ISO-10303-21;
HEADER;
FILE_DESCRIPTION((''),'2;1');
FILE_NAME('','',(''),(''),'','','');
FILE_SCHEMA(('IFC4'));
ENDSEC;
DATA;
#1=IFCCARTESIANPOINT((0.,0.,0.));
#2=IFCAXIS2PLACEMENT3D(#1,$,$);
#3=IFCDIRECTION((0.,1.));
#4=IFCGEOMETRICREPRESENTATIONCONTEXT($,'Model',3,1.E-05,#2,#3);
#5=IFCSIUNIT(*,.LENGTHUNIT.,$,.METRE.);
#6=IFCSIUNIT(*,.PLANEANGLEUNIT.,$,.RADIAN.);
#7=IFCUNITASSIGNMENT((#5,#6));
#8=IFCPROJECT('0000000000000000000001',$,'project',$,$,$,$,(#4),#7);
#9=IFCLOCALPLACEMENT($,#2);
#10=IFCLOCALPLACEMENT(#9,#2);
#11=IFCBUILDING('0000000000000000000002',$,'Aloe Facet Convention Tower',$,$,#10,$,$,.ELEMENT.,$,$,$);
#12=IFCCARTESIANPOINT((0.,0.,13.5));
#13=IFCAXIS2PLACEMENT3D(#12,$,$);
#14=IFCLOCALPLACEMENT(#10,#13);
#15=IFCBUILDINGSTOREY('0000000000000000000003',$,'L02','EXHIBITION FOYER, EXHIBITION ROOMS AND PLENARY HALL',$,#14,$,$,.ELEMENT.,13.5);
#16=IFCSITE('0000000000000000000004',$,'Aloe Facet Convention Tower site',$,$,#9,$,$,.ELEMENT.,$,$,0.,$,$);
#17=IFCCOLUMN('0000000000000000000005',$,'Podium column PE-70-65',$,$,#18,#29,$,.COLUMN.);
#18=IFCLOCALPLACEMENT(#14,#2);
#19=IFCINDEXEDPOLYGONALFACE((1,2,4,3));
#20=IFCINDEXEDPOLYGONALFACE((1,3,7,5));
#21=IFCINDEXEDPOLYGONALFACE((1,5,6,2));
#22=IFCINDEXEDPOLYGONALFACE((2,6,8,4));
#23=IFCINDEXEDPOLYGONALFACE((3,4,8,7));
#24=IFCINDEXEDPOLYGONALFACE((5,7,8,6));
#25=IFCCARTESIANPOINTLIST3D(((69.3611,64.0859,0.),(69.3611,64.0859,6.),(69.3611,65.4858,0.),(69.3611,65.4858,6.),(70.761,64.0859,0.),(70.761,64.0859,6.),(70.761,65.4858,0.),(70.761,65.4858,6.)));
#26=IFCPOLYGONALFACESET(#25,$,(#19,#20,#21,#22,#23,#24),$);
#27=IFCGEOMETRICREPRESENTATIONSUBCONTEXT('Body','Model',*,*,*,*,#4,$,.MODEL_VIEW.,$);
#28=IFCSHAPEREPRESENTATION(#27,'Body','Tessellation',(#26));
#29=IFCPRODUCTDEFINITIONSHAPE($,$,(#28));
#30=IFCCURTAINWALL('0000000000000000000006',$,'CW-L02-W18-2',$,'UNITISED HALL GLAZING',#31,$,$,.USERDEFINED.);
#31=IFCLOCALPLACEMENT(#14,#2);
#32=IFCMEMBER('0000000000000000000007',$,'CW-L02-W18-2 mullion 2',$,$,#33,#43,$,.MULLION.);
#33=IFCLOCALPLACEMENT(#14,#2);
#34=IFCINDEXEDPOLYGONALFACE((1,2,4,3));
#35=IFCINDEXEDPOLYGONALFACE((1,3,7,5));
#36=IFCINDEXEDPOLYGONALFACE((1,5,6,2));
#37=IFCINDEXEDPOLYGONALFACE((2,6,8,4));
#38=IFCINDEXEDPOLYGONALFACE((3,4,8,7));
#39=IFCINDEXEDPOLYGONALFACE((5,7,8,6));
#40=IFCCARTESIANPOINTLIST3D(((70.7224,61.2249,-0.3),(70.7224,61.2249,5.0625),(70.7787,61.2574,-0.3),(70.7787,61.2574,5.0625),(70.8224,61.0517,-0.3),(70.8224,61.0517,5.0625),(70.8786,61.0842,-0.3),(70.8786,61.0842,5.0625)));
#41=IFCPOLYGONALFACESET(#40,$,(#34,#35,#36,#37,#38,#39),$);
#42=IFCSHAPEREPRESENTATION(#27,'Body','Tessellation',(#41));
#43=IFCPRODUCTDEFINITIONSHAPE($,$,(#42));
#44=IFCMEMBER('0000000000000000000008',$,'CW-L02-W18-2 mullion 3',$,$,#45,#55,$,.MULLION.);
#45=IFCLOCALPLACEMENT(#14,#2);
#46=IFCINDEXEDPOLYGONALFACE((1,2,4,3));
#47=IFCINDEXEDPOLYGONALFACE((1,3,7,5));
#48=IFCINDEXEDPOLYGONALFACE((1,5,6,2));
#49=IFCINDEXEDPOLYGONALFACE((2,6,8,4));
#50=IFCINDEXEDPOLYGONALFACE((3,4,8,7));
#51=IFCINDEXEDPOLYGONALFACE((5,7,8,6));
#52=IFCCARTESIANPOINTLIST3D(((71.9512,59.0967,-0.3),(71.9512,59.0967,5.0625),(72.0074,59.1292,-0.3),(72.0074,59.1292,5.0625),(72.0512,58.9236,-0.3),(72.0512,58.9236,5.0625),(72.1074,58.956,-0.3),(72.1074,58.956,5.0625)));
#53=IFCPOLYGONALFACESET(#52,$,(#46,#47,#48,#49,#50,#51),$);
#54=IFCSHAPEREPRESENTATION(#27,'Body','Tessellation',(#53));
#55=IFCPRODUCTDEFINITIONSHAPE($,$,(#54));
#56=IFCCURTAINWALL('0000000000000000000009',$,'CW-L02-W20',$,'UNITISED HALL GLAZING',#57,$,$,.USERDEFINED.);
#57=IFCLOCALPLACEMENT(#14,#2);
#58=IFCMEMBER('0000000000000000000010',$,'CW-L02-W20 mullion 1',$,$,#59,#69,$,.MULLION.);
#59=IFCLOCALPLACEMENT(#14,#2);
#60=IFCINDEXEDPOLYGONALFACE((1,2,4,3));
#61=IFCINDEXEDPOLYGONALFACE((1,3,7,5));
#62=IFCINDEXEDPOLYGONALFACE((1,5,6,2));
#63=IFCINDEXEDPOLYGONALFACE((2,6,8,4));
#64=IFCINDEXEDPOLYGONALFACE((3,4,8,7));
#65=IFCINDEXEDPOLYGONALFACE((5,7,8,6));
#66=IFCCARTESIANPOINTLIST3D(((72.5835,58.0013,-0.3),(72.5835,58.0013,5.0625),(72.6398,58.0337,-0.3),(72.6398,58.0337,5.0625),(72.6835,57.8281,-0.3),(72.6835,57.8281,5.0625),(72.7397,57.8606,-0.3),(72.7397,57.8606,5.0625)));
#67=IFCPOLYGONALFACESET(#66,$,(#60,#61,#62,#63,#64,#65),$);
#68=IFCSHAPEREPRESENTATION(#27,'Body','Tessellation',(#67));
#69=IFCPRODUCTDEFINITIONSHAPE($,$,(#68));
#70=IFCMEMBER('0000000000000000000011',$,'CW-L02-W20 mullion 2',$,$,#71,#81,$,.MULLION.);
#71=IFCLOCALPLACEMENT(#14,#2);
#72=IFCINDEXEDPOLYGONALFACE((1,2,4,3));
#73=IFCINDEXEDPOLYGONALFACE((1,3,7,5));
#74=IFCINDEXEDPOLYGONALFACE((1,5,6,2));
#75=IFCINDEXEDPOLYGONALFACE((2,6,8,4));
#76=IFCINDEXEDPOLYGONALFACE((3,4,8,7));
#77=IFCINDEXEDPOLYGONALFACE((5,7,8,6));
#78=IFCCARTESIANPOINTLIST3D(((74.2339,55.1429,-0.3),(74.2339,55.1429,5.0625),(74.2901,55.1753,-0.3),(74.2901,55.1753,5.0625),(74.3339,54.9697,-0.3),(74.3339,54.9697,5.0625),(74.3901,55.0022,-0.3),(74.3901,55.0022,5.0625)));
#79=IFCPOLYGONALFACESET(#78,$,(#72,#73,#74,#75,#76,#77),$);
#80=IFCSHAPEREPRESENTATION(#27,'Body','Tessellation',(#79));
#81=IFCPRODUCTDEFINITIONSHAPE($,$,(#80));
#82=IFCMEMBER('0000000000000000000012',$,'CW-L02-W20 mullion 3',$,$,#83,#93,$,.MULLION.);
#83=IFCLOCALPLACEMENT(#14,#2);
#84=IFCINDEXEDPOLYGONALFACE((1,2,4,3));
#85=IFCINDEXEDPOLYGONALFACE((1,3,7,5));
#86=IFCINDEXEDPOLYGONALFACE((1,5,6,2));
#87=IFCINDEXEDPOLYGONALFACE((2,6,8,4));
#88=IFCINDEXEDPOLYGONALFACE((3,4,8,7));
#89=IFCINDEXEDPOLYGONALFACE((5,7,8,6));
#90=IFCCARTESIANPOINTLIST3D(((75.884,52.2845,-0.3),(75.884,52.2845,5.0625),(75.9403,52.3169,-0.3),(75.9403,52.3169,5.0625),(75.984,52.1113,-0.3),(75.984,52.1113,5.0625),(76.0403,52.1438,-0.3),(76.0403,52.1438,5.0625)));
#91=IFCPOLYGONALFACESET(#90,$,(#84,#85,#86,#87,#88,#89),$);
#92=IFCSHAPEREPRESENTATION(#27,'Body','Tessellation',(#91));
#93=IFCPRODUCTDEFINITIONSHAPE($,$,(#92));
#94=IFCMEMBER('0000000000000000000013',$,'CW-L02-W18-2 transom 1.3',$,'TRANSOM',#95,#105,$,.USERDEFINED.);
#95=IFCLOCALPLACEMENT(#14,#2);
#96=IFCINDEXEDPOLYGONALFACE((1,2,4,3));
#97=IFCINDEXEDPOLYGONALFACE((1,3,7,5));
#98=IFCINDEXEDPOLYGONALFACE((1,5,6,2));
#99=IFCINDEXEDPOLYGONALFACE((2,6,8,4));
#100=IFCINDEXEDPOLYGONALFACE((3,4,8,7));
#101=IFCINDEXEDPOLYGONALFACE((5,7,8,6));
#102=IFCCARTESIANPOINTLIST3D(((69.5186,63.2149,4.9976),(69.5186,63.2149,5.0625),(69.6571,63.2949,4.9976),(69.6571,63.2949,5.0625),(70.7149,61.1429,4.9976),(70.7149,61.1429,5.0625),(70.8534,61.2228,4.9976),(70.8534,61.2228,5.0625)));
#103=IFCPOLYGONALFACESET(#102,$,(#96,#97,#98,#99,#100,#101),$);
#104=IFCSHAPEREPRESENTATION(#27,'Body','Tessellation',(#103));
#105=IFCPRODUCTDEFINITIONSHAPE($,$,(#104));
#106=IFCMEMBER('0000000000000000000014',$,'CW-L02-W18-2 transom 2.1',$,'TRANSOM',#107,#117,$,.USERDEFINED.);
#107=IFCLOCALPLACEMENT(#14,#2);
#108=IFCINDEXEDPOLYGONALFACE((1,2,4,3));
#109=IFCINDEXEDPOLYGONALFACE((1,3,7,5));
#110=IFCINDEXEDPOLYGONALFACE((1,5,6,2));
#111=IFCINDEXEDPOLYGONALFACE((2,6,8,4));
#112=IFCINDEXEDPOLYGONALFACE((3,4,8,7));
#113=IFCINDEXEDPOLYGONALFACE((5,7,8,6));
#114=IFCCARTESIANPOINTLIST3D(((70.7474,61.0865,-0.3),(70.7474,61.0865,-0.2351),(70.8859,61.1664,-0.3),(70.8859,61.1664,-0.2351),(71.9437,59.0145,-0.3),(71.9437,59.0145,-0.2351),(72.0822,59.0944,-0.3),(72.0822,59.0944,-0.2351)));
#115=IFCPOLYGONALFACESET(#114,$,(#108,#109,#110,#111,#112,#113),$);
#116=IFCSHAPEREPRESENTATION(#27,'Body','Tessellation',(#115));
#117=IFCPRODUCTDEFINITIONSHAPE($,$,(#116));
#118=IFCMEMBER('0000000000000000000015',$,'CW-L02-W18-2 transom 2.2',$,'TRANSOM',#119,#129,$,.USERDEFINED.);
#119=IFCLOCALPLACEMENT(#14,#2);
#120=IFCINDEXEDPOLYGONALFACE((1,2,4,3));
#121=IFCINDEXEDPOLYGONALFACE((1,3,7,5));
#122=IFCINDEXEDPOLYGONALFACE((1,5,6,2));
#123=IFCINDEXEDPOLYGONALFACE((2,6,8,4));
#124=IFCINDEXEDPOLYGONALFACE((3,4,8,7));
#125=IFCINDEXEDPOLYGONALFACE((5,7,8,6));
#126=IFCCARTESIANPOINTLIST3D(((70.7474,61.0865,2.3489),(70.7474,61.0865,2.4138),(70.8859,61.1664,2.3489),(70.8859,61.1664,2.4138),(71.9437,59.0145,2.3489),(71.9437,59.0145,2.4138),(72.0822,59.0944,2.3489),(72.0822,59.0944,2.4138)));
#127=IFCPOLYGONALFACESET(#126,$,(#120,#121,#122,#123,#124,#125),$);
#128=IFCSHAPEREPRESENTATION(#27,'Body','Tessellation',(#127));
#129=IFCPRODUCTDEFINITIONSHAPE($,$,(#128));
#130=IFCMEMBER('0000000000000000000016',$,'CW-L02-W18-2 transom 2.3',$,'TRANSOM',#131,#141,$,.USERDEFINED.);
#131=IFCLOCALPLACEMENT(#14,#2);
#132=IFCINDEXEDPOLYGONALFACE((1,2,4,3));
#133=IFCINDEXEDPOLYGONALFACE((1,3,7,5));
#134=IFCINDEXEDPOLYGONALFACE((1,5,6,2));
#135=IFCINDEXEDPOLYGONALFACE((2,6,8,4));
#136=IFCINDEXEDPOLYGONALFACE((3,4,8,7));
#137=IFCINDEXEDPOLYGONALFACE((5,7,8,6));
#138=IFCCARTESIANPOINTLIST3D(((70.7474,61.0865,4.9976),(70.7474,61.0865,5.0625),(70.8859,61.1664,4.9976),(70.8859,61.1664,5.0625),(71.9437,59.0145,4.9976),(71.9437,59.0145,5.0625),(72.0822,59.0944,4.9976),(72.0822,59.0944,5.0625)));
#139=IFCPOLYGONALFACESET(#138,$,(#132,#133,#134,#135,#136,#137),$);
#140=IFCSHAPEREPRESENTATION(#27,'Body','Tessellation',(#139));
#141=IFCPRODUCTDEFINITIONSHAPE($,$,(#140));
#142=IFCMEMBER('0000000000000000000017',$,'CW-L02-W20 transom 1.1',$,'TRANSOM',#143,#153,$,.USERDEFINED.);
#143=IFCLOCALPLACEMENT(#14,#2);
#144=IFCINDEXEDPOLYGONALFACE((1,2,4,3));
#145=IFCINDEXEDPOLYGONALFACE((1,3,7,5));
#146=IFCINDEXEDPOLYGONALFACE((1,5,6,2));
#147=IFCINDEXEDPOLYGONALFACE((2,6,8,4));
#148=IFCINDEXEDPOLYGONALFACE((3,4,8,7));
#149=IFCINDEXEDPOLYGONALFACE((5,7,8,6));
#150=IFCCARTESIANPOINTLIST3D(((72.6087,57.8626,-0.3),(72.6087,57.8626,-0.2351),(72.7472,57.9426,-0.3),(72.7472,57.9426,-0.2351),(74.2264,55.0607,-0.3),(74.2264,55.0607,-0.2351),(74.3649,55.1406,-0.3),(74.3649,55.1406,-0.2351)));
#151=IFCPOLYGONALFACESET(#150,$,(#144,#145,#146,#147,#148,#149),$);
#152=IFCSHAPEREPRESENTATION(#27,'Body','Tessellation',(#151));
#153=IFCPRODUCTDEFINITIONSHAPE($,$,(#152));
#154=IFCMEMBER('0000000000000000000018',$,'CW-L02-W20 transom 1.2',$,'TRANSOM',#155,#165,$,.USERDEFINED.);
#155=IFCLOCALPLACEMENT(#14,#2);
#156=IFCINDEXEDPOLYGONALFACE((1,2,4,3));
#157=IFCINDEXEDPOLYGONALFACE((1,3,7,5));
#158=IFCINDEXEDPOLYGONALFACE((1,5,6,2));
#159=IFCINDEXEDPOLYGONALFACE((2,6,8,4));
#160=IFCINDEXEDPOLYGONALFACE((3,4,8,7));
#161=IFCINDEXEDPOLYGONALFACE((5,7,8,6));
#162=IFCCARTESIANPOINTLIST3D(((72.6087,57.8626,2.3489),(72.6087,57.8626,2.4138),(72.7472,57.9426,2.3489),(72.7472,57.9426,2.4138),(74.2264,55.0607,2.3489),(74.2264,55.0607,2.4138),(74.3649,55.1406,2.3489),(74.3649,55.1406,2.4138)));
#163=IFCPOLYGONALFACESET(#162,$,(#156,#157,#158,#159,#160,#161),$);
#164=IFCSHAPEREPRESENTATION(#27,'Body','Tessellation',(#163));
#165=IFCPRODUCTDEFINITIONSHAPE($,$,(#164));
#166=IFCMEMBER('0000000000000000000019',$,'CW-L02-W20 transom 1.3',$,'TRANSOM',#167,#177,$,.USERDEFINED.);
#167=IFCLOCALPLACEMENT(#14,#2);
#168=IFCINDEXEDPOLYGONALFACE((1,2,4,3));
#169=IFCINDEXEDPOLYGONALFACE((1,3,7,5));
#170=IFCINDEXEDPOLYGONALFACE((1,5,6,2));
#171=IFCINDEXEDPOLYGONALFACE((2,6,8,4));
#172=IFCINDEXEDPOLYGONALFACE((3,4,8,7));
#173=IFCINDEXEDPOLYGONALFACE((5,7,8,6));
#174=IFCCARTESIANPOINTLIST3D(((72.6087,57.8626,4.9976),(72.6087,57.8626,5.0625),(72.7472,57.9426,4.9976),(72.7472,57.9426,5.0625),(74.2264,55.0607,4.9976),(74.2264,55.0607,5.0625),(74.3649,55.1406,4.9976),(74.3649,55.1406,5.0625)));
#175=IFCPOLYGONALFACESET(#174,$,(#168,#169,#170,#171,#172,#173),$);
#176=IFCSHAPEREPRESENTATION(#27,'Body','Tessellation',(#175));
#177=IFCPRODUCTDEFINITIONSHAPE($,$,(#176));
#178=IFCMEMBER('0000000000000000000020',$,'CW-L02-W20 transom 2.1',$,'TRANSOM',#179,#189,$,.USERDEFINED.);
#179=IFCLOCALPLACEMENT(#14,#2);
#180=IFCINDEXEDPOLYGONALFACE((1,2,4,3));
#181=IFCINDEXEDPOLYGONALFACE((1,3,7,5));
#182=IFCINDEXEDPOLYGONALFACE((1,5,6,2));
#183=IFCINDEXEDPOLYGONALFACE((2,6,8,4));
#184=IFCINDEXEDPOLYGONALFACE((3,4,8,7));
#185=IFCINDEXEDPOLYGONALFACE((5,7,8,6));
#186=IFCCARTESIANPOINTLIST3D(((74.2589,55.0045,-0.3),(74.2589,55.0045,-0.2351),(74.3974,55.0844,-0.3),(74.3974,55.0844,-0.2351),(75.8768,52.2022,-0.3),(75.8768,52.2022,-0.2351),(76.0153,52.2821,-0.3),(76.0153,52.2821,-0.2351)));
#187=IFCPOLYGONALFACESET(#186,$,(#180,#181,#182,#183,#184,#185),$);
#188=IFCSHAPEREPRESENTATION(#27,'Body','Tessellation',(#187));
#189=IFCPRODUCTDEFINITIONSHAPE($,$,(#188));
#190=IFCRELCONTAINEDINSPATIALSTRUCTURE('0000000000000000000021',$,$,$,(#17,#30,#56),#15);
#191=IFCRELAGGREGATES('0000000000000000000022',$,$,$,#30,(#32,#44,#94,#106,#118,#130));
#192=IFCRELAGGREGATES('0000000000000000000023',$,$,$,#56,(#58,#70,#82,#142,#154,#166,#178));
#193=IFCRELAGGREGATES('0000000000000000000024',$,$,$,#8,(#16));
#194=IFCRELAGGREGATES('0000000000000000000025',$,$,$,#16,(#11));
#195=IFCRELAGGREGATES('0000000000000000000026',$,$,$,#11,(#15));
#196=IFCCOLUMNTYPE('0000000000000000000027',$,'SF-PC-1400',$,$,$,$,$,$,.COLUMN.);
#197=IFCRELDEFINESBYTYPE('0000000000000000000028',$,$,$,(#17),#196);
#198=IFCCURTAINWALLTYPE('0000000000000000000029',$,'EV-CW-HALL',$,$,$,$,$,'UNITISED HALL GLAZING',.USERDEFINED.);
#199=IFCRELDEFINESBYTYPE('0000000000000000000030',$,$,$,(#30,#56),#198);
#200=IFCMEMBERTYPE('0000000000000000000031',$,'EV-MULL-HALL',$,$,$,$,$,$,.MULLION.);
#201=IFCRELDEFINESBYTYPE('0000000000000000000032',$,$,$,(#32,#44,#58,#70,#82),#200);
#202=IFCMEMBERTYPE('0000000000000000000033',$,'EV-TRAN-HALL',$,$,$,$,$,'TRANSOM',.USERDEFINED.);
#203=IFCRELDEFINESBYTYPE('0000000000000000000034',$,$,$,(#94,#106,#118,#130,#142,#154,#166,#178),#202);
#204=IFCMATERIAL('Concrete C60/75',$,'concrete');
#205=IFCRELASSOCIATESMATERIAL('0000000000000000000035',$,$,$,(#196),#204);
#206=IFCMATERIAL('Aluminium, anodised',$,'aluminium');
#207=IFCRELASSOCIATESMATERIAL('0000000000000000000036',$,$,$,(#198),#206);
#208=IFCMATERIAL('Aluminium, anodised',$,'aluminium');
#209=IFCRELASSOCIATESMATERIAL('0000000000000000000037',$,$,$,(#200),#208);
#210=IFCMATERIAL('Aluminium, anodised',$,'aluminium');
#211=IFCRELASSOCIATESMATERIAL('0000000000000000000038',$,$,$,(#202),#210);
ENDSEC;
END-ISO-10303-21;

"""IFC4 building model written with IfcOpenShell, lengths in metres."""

from ifc_helpers import new_model, si_unit, direction, frame, origin, origin_2d, place, context, subcontext, project, spatial, rectangle, extrude, material, material_profile, profile_set, type_object, element, aggregate, save


model = new_model("IFC4")

# Units and contexts
model_context = context("Model", 3, precision=1e-05, world=origin(), true_north=direction((0.0, 1.0)))
body_context = subcontext(model_context, "Body", "Model", "MODEL_VIEW")
ifc_project = project(units=[si_unit("LENGTHUNIT", "METRE"), si_unit("PLANEANGLEUNIT", "RADIAN")], contexts=[model_context])

# Site, building, storey
site_placement = place(None, origin())
site = spatial("IfcSite", under=ifc_project, at=site_placement, Name="Aloe Facet Convention Tower site", CompositionType="ELEMENT", RefElevation=0.0)
building_placement = place(site_placement, origin())
building = spatial("IfcBuilding", under=site, at=building_placement, Name="Aloe Facet Convention Tower", CompositionType="ELEMENT")
storey_placement = place(building_placement, frame((0.0, 0.0, 13.5)))
storey = spatial("IfcBuildingStorey", under=building, at=storey_placement, Name="L02", Description="EXHIBITION FOYER, EXHIBITION ROOMS AND PLENARY HALL", CompositionType="ELEMENT", Elevation=13.5)

# Column
ifc_material_1 = material(Name="Concrete C60/75", Category="concrete")
ifc_material_profile_1 = material_profile(ifc_material_1, rectangle(XDim=1.3999, YDim=1.3999, at=origin_2d()), Name="SF-PC-1400")
ifc_profile_set_1 = profile_set([ifc_material_profile_1], Name="Concrete C60/75")
column_type = type_object("IfcColumnType", Name="SF-PC-1400", PredefinedType="COLUMN", material=ifc_profile_set_1)
column_placement = place(storey_placement, frame((70.061, 64.7859, 0.0), z_axis=(0.0, 0.0, 1.0), x_axis=(1.0, 0.0, 0.0)))
element("IfcColumn", 1, at=column_placement, inside=storey, type_object=column_type, Name="Podium column PE-70-65", PredefinedType="COLUMN", context=body_context, shape_type="SweptSolid", body=[
    extrude(rectangle(XDim=1.3999, YDim=1.3999, at=origin_2d()), origin(), (0.0, 0.0, 1.0), 6.0),
])

# Curtain walls, members
ifc_material_2 = material(Name="Aluminium, anodised", Category="aluminium")
curtain_wall_type = type_object("IfcCurtainWallType", Name="EV-CW-HALL", ElementType="UNITISED HALL GLAZING", PredefinedType="USERDEFINED", material=ifc_material_2)
curtain_wall_1_placement = place(storey_placement, origin())
curtain_wall_1 = element("IfcCurtainWall", 2, at=curtain_wall_1_placement, inside=storey, type_object=curtain_wall_type, Name="CW-L02-W18-2", ObjectType="UNITISED HALL GLAZING", PredefinedType="USERDEFINED")
ifc_material_3 = material(Name="Aluminium, anodised", Category="aluminium")
ifc_material_profile_2 = material_profile(ifc_material_3, rectangle(XDim=0.0649, YDim=0.2, at=origin_2d()), Name="AL 65x200")
ifc_profile_set_2 = profile_set([ifc_material_profile_2], Name="Aluminium, anodised")
member_type_1 = type_object("IfcMemberType", Name="EV-MULL-HALL", PredefinedType="MULLION", material=ifc_profile_set_2)
member_1_placement = place(storey_placement, frame((70.8005, 61.1545, -0.3), z_axis=(0.0, 0.0, 1.0), x_axis=(0.866025, 0.5, 0.0)))
member_1 = element("IfcMember", 3, at=member_1_placement, type_object=member_type_1, Name="CW-L02-W18-2 mullion 2", PredefinedType="MULLION", context=body_context, shape_type="SweptSolid", body=[
    extrude(rectangle(XDim=0.0649, YDim=0.2, at=origin_2d()), origin(), (0.0, 0.0, 1.0), 5.3625),
])
member_2_placement = place(storey_placement, frame((72.0293, 59.0264, -0.3), z_axis=(0.0, 0.0, 1.0), x_axis=(0.866025, 0.5, 0.0)))
member_2 = element("IfcMember", 4, at=member_2_placement, type_object=member_type_1, Name="CW-L02-W18-2 mullion 3", PredefinedType="MULLION", context=body_context, shape_type="SweptSolid", body=[
    extrude(rectangle(XDim=0.0649, YDim=0.2, at=origin_2d()), origin(), (0.0, 0.0, 1.0), 5.3625),
])
curtain_wall_2_placement = place(storey_placement, origin())
curtain_wall_2 = element("IfcCurtainWall", 5, at=curtain_wall_2_placement, inside=storey, type_object=curtain_wall_type, Name="CW-L02-W20", ObjectType="UNITISED HALL GLAZING", PredefinedType="USERDEFINED")
member_3_placement = place(storey_placement, frame((72.6616, 57.9309, -0.3), z_axis=(0.0, 0.0, 1.0), x_axis=(0.866025, 0.5, 0.0)))
member_3 = element("IfcMember", 6, at=member_3_placement, type_object=member_type_1, Name="CW-L02-W20 mullion 1", PredefinedType="MULLION", context=body_context, shape_type="SweptSolid", body=[
    extrude(rectangle(XDim=0.0649, YDim=0.2, at=origin_2d()), origin(), (0.0, 0.0, 1.0), 5.3625),
])
member_4_placement = place(storey_placement, frame((74.312, 55.0725, -0.3), z_axis=(0.0, 0.0, 1.0), x_axis=(0.866025, 0.5, 0.0)))
member_4 = element("IfcMember", 7, at=member_4_placement, type_object=member_type_1, Name="CW-L02-W20 mullion 2", PredefinedType="MULLION", context=body_context, shape_type="SweptSolid", body=[
    extrude(rectangle(XDim=0.0649, YDim=0.2, at=origin_2d()), origin(), (0.0, 0.0, 1.0), 5.3625),
])
member_5_placement = place(storey_placement, frame((75.9622, 52.2141, -0.3), z_axis=(0.0, 0.0, 1.0), x_axis=(0.866025, 0.5, 0.0)))
member_5 = element("IfcMember", 8, at=member_5_placement, type_object=member_type_1, Name="CW-L02-W20 mullion 3", PredefinedType="MULLION", context=body_context, shape_type="SweptSolid", body=[
    extrude(rectangle(XDim=0.0649, YDim=0.2, at=origin_2d()), origin(), (0.0, 0.0, 1.0), 5.3625),
])

# Members
ifc_material_4 = material(Name="Aluminium, anodised", Category="aluminium")
ifc_material_profile_3 = material_profile(ifc_material_4, rectangle(XDim=0.1599, YDim=0.0649, at=origin_2d()), Name="AL 160x65")
ifc_profile_set_3 = profile_set([ifc_material_profile_3], Name="Aluminium, anodised")
member_type_2 = type_object("IfcMemberType", Name="EV-TRAN-HALL", ElementType="TRANSOM", PredefinedType="USERDEFINED", material=ifc_profile_set_3)
member_6_placement = place(storey_placement, frame((69.5879, 63.2549, 5.03), z_axis=(0.500002, -0.866024, 0.0), x_axis=(0.866024, 0.500002, 0.0)))
member_6 = element("IfcMember", 9, at=member_6_placement, type_object=member_type_2, Name="CW-L02-W18-2 transom 1.3", ObjectType="TRANSOM", PredefinedType="USERDEFINED", context=body_context, shape_type="SweptSolid", body=[
    extrude(rectangle(XDim=0.1599, YDim=0.0649, at=origin_2d()), origin(), (0.0, 0.0, 1.0), 2.3926),
])
member_7_placement = place(storey_placement, frame((70.8167, 61.1265, -0.2676), z_axis=(0.500002, -0.866024, 0.0), x_axis=(0.866024, 0.500002, 0.0)))
member_7 = element("IfcMember", 10, at=member_7_placement, type_object=member_type_2, Name="CW-L02-W18-2 transom 2.1", ObjectType="TRANSOM", PredefinedType="USERDEFINED", context=body_context, shape_type="SweptSolid", body=[
    extrude(rectangle(XDim=0.1599, YDim=0.0649, at=origin_2d()), origin(), (0.0, 0.0, 1.0), 2.3926),
])
member_8_placement = place(storey_placement, frame((70.8167, 61.1265, 2.3813), z_axis=(0.500002, -0.866024, 0.0), x_axis=(0.866024, 0.500002, 0.0)))
member_8 = element("IfcMember", 11, at=member_8_placement, type_object=member_type_2, Name="CW-L02-W18-2 transom 2.2", ObjectType="TRANSOM", PredefinedType="USERDEFINED", context=body_context, shape_type="SweptSolid", body=[
    extrude(rectangle(XDim=0.1599, YDim=0.0649, at=origin_2d()), origin(), (0.0, 0.0, 1.0), 2.3926),
])
member_9_placement = place(storey_placement, frame((70.8167, 61.1265, 5.03), z_axis=(0.500002, -0.866024, 0.0), x_axis=(0.866024, 0.500002, 0.0)))
member_9 = element("IfcMember", 12, at=member_9_placement, type_object=member_type_2, Name="CW-L02-W18-2 transom 2.3", ObjectType="TRANSOM", PredefinedType="USERDEFINED", context=body_context, shape_type="SweptSolid", body=[
    extrude(rectangle(XDim=0.1599, YDim=0.0649, at=origin_2d()), origin(), (0.0, 0.0, 1.0), 2.3926),
])
member_10_placement = place(storey_placement, frame((72.678, 57.9026, -0.2676), z_axis=(0.499986, -0.866034, 0.0), x_axis=(0.866034, 0.499986, 0.0)))
member_10 = element("IfcMember", 13, at=member_10_placement, type_object=member_type_2, Name="CW-L02-W20 transom 1.1", ObjectType="TRANSOM", PredefinedType="USERDEFINED", context=body_context, shape_type="SweptSolid", body=[
    extrude(rectangle(XDim=0.1599, YDim=0.0649, at=origin_2d()), origin(), (0.0, 0.0, 1.0), 3.2354),
])
member_11_placement = place(storey_placement, frame((72.678, 57.9026, 2.3813), z_axis=(0.499986, -0.866034, 0.0), x_axis=(0.866034, 0.499986, 0.0)))
member_11 = element("IfcMember", 14, at=member_11_placement, type_object=member_type_2, Name="CW-L02-W20 transom 1.2", ObjectType="TRANSOM", PredefinedType="USERDEFINED", context=body_context, shape_type="SweptSolid", body=[
    extrude(rectangle(XDim=0.1599, YDim=0.0649, at=origin_2d()), origin(), (0.0, 0.0, 1.0), 3.2354),
])
member_12_placement = place(storey_placement, frame((72.678, 57.9026, 5.03), z_axis=(0.499986, -0.866034, 0.0), x_axis=(0.866034, 0.499986, 0.0)))
member_12 = element("IfcMember", 15, at=member_12_placement, type_object=member_type_2, Name="CW-L02-W20 transom 1.3", ObjectType="TRANSOM", PredefinedType="USERDEFINED", context=body_context, shape_type="SweptSolid", body=[
    extrude(rectangle(XDim=0.1599, YDim=0.0649, at=origin_2d()), origin(), (0.0, 0.0, 1.0), 3.2354),
])
member_13_placement = place(storey_placement, frame((74.3281, 55.0444, -0.2676), z_axis=(0.50001, -0.86602, 0.0), x_axis=(0.86602, 0.50001, 0.0)))
member_13 = element("IfcMember", 16, at=member_13_placement, type_object=member_type_2, Name="CW-L02-W20 transom 2.1", ObjectType="TRANSOM", PredefinedType="USERDEFINED", context=body_context, shape_type="SweptSolid", body=[
    extrude(rectangle(XDim=0.1599, YDim=0.0649, at=origin_2d()), origin(), (0.0, 0.0, 1.0), 3.2358),
])

aggregate(curtain_wall_1, [member_1, member_2, member_6, member_7, member_8, member_9])
aggregate(curtain_wall_2, [member_3, member_4, member_5, member_10, member_11, member_12, member_13])

save(model, "model.ifc")
